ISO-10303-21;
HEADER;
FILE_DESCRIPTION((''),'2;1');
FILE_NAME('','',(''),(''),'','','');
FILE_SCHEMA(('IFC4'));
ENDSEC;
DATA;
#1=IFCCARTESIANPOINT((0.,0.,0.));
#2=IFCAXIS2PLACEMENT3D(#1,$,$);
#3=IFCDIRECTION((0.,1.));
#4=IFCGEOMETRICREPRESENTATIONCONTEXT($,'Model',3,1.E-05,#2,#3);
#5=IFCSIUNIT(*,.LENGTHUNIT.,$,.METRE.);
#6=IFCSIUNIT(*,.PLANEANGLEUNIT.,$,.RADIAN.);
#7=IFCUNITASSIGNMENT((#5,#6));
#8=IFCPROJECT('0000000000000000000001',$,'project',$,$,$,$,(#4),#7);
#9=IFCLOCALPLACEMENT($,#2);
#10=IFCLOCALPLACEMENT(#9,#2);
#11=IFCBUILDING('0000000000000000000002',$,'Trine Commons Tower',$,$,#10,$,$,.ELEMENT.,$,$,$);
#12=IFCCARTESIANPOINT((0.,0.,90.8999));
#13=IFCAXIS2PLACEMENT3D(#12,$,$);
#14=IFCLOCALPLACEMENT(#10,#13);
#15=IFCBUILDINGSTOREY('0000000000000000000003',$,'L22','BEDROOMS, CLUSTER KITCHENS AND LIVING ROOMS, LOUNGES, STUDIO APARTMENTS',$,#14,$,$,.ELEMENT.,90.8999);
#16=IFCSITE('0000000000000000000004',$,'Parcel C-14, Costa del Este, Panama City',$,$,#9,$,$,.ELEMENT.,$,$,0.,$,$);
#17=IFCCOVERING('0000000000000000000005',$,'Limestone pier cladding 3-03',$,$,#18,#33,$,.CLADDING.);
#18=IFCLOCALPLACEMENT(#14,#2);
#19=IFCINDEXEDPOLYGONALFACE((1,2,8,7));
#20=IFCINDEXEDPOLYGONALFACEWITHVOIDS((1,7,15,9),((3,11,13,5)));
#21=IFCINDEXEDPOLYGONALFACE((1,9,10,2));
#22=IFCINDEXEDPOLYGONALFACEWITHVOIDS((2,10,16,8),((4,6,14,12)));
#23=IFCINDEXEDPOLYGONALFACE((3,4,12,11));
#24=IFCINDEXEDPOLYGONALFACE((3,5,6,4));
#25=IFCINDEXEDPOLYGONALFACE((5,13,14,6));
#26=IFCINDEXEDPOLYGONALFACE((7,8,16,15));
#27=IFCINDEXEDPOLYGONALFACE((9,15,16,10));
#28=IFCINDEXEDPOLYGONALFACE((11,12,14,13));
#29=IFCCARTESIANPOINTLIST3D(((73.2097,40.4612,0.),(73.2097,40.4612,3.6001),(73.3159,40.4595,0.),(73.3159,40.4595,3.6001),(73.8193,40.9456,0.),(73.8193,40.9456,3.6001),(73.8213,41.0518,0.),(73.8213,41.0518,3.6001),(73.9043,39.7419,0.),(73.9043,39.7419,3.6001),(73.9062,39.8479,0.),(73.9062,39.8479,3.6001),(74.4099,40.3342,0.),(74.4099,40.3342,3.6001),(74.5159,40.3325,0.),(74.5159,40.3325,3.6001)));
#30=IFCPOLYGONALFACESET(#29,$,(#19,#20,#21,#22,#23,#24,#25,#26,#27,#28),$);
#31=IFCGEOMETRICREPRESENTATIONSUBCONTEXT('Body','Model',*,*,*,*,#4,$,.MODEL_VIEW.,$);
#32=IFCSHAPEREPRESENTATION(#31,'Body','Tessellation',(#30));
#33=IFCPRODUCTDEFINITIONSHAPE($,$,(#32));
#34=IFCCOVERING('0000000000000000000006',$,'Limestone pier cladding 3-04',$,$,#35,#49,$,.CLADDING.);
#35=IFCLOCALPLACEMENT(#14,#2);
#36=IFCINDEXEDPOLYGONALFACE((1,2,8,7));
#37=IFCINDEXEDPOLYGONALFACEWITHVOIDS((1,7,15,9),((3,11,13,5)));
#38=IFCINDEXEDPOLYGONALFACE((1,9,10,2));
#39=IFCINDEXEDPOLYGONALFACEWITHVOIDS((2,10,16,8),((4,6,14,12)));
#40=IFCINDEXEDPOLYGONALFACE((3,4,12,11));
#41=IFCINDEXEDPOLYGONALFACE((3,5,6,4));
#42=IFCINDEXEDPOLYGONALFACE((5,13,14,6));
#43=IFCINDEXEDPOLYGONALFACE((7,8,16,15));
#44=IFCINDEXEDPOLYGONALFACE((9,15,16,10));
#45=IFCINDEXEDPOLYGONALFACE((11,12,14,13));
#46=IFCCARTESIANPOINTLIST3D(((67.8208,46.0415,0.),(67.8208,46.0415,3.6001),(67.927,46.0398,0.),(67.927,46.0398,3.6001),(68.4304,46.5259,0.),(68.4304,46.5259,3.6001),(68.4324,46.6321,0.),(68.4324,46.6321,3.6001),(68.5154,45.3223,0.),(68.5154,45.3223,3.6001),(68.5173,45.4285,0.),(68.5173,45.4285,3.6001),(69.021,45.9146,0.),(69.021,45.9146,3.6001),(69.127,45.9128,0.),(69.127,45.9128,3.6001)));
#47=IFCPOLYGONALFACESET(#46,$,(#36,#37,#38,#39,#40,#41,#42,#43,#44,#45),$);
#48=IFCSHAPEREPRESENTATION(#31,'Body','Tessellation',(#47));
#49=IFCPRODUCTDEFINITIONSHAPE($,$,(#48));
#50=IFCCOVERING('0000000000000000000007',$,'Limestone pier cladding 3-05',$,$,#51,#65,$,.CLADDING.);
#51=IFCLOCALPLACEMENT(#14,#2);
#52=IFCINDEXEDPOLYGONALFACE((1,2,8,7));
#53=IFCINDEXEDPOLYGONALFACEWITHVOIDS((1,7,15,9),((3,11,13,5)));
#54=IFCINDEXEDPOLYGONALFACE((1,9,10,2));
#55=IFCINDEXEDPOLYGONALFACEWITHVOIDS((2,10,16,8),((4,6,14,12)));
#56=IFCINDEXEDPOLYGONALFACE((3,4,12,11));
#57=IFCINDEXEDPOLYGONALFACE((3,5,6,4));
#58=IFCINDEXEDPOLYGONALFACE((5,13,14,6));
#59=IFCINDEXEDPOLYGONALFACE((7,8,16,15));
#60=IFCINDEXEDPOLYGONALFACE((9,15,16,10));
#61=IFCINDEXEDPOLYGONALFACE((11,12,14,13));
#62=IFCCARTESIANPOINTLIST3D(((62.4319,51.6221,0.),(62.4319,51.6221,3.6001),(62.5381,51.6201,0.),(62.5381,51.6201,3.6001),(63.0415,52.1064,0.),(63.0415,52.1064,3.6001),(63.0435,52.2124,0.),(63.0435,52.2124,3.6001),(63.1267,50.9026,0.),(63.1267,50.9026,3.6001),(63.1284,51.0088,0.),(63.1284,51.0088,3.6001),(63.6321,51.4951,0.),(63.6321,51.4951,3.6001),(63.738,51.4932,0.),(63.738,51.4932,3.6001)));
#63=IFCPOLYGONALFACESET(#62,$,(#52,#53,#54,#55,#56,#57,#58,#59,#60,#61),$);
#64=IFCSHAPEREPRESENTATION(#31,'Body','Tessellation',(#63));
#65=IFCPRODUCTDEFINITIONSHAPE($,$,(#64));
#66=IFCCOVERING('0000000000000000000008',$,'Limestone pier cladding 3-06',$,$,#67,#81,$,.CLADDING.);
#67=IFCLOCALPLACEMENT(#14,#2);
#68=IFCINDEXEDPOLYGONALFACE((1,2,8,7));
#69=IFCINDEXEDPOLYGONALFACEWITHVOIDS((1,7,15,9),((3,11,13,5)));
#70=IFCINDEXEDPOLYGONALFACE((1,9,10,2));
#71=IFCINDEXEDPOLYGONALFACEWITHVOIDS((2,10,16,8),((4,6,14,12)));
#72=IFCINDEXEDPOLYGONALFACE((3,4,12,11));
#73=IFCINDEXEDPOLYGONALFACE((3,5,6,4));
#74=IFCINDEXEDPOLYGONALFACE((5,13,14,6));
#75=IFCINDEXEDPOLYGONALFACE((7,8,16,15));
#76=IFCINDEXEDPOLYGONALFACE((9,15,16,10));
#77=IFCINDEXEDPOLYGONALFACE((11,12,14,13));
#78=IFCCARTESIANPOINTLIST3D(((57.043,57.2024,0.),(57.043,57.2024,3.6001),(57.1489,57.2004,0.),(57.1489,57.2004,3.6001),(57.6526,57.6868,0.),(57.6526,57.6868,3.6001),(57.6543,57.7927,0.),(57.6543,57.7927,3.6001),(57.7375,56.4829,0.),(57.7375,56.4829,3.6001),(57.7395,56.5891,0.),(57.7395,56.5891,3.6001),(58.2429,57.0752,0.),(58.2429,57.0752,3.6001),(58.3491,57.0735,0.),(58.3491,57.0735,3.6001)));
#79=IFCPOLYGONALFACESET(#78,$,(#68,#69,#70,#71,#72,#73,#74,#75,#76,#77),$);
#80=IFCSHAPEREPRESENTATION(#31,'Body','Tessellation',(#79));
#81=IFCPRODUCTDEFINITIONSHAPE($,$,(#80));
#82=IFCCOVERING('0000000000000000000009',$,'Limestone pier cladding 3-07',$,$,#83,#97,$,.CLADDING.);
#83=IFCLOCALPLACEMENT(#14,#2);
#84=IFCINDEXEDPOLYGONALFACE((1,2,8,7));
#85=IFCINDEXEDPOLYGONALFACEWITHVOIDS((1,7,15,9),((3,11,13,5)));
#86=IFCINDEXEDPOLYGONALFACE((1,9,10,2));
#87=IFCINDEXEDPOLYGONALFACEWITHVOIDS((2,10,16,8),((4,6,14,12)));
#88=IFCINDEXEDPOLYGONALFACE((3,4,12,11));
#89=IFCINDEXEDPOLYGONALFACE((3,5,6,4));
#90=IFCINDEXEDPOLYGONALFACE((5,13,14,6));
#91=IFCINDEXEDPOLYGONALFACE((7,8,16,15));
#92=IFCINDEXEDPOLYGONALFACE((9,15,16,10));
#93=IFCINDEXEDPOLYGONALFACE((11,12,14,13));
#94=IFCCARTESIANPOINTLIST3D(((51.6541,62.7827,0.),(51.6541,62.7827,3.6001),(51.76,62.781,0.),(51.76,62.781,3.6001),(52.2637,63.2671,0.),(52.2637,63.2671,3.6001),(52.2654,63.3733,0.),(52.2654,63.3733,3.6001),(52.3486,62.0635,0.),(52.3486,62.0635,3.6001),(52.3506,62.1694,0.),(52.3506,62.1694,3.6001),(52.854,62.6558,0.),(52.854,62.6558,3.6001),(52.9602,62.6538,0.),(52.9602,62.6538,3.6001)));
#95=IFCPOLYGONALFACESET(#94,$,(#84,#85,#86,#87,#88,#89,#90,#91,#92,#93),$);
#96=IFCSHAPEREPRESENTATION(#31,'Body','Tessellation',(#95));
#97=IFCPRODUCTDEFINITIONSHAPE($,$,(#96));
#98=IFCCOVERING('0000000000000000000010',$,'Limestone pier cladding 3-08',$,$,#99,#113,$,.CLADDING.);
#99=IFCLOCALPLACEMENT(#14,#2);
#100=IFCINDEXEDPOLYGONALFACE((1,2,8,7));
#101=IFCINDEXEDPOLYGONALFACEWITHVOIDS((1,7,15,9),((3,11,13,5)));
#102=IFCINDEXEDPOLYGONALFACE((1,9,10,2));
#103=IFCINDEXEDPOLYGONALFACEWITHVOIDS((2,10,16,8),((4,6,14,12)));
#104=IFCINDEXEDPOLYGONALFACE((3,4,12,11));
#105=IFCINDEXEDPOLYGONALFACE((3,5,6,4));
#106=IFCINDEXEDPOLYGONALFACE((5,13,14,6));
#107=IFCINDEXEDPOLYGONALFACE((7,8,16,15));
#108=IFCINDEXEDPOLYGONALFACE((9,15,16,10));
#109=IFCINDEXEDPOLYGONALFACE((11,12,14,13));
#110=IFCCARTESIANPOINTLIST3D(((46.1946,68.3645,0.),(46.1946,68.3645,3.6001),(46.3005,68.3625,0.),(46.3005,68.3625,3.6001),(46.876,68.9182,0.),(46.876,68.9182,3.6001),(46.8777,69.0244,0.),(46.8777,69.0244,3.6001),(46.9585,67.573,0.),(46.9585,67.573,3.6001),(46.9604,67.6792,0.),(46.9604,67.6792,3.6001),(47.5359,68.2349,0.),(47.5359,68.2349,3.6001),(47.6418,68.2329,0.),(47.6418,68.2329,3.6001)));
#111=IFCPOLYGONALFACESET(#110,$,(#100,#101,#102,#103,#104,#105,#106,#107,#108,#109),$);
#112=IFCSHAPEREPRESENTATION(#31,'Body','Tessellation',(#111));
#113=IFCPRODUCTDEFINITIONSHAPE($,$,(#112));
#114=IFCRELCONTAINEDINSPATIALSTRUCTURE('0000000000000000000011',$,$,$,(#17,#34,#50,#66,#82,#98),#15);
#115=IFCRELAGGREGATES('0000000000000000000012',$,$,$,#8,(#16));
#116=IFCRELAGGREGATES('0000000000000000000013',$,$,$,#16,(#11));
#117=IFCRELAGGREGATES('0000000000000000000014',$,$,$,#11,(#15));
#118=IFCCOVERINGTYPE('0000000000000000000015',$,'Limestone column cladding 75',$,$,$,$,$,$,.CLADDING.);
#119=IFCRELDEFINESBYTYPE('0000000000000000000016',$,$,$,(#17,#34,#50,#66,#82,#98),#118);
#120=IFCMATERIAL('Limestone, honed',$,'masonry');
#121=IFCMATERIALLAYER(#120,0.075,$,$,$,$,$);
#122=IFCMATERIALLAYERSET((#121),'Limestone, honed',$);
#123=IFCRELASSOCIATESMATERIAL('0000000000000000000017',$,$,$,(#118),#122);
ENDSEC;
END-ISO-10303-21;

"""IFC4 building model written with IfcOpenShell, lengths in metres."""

from ifc_helpers import new_model, si_unit, direction, frame, origin, place, context, subcontext, project, spatial, polyline, outline, extrude, material, layer, layer_set, type_object, element, save


model = new_model("IFC4")

# Units and contexts
model_context = context("Model", 3, precision=1e-05, world=origin(), true_north=direction((0.0, 1.0)))
body_context = subcontext(model_context, "Body", "Model", "MODEL_VIEW")
ifc_project = project(units=[si_unit("LENGTHUNIT", "METRE"), si_unit("PLANEANGLEUNIT", "RADIAN")], contexts=[model_context])

# Site, building, storey
site_placement = place(None, origin())
site = spatial("IfcSite", under=ifc_project, at=site_placement, Name="Parcel C-14, Costa del Este, Panama City", CompositionType="ELEMENT", RefElevation=0.0)
building_placement = place(site_placement, origin())
building = spatial("IfcBuilding", under=site, at=building_placement, Name="Trine Commons Tower", CompositionType="ELEMENT")
storey_placement = place(building_placement, frame((0.0, 0.0, 90.8999)))
storey = spatial("IfcBuildingStorey", under=building, at=storey_placement, Name="L22", Description="BEDROOMS, CLUSTER KITCHENS AND LIVING ROOMS, LOUNGES, STUDIO APARTMENTS", CompositionType="ELEMENT", Elevation=90.8999)

# Coverings
ifc_material_1 = material(Name="Limestone, honed", Category="masonry")
ifc_layer_1 = layer(ifc_material_1, 0.075)
ifc_layer_set_1 = layer_set([ifc_layer_1], Name="Limestone, honed")
covering_type_1 = type_object("IfcCoveringType", Name="Limestone column cladding 75", PredefinedType="CLADDING", material=ifc_layer_set_1)
covering_1_placement = place(storey_placement, origin())
element("IfcCovering", 1, at=covering_1_placement, inside=storey, type_object=covering_type_1, Name="Limestone pier cladding 3-03", PredefinedType="CLADDING", context=body_context, shape_type="SweptSolid", body=[
    extrude(outline(polyline([(73.8213, 41.0518), (73.2097, 40.4612), (73.9043, 39.7419), (74.5159, 40.3325), (73.8213, 41.0518)]), holes=[polyline([(73.8193, 40.9456), (73.3159, 40.4595), (73.9062, 39.8479), (74.4099, 40.3342), (73.8193, 40.9456)])]), origin(), (0.0, 0.0, 1.0), 3.6001),
])
covering_2_placement = place(storey_placement, origin())
element("IfcCovering", 2, at=covering_2_placement, inside=storey, type_object=covering_type_1, Name="Limestone pier cladding 3-04", PredefinedType="CLADDING", context=body_context, shape_type="SweptSolid", body=[
    extrude(outline(polyline([(68.4324, 46.6321), (67.8208, 46.0415), (68.5154, 45.3223), (69.127, 45.9128), (68.4324, 46.6321)]), holes=[polyline([(68.4304, 46.5259), (67.927, 46.0398), (68.5173, 45.4285), (69.021, 45.9146), (68.4304, 46.5259)])]), origin(), (0.0, 0.0, 1.0), 3.6001),
])
covering_3_placement = place(storey_placement, origin())
element("IfcCovering", 3, at=covering_3_placement, inside=storey, type_object=covering_type_1, Name="Limestone pier cladding 3-05", PredefinedType="CLADDING", context=body_context, shape_type="SweptSolid", body=[
    extrude(outline(polyline([(63.0435, 52.2124), (62.4319, 51.6221), (63.1267, 50.9026), (63.738, 51.4932), (63.0435, 52.2124)]), holes=[polyline([(63.0415, 52.1064), (62.5381, 51.6201), (63.1284, 51.0088), (63.6321, 51.4951), (63.0415, 52.1064)])]), origin(), (0.0, 0.0, 1.0), 3.6001),
])
covering_4_placement = place(storey_placement, origin())
element("IfcCovering", 4, at=covering_4_placement, inside=storey, type_object=covering_type_1, Name="Limestone pier cladding 3-06", PredefinedType="CLADDING", context=body_context, shape_type="SweptSolid", body=[
    extrude(outline(polyline([(57.6543, 57.7927), (57.043, 57.2024), (57.7375, 56.4829), (58.3491, 57.0735), (57.6543, 57.7927)]), holes=[polyline([(57.6526, 57.6868), (57.1489, 57.2004), (57.7395, 56.5891), (58.2429, 57.0752), (57.6526, 57.6868)])]), origin(), (0.0, 0.0, 1.0), 3.6001),
])
covering_5_placement = place(storey_placement, origin())
element("IfcCovering", 5, at=covering_5_placement, inside=storey, type_object=covering_type_1, Name="Limestone pier cladding 3-07", PredefinedType="CLADDING", context=body_context, shape_type="SweptSolid", body=[
    extrude(outline(polyline([(52.2654, 63.3733), (51.6541, 62.7827), (52.3486, 62.0635), (52.9602, 62.6538), (52.2654, 63.3733)]), holes=[polyline([(52.2637, 63.2671), (51.76, 62.781), (52.3506, 62.1694), (52.854, 62.6558), (52.2637, 63.2671)])]), origin(), (0.0, 0.0, 1.0), 3.6001),
])
covering_6_placement = place(storey_placement, origin())
element("IfcCovering", 6, at=covering_6_placement, inside=storey, type_object=covering_type_1, Name="Limestone pier cladding 3-08", PredefinedType="CLADDING", context=body_context, shape_type="SweptSolid", body=[
    extrude(outline(polyline([(46.8777, 69.0244), (46.1946, 68.3645), (46.9585, 67.573), (47.6418, 68.2329), (46.8777, 69.0244)]), holes=[polyline([(46.876, 68.9182), (46.3005, 68.3625), (46.9604, 67.6792), (47.5359, 68.2349), (46.876, 68.9182)])]), origin(), (0.0, 0.0, 1.0), 3.6001),
])

save(model, "model.ifc")
